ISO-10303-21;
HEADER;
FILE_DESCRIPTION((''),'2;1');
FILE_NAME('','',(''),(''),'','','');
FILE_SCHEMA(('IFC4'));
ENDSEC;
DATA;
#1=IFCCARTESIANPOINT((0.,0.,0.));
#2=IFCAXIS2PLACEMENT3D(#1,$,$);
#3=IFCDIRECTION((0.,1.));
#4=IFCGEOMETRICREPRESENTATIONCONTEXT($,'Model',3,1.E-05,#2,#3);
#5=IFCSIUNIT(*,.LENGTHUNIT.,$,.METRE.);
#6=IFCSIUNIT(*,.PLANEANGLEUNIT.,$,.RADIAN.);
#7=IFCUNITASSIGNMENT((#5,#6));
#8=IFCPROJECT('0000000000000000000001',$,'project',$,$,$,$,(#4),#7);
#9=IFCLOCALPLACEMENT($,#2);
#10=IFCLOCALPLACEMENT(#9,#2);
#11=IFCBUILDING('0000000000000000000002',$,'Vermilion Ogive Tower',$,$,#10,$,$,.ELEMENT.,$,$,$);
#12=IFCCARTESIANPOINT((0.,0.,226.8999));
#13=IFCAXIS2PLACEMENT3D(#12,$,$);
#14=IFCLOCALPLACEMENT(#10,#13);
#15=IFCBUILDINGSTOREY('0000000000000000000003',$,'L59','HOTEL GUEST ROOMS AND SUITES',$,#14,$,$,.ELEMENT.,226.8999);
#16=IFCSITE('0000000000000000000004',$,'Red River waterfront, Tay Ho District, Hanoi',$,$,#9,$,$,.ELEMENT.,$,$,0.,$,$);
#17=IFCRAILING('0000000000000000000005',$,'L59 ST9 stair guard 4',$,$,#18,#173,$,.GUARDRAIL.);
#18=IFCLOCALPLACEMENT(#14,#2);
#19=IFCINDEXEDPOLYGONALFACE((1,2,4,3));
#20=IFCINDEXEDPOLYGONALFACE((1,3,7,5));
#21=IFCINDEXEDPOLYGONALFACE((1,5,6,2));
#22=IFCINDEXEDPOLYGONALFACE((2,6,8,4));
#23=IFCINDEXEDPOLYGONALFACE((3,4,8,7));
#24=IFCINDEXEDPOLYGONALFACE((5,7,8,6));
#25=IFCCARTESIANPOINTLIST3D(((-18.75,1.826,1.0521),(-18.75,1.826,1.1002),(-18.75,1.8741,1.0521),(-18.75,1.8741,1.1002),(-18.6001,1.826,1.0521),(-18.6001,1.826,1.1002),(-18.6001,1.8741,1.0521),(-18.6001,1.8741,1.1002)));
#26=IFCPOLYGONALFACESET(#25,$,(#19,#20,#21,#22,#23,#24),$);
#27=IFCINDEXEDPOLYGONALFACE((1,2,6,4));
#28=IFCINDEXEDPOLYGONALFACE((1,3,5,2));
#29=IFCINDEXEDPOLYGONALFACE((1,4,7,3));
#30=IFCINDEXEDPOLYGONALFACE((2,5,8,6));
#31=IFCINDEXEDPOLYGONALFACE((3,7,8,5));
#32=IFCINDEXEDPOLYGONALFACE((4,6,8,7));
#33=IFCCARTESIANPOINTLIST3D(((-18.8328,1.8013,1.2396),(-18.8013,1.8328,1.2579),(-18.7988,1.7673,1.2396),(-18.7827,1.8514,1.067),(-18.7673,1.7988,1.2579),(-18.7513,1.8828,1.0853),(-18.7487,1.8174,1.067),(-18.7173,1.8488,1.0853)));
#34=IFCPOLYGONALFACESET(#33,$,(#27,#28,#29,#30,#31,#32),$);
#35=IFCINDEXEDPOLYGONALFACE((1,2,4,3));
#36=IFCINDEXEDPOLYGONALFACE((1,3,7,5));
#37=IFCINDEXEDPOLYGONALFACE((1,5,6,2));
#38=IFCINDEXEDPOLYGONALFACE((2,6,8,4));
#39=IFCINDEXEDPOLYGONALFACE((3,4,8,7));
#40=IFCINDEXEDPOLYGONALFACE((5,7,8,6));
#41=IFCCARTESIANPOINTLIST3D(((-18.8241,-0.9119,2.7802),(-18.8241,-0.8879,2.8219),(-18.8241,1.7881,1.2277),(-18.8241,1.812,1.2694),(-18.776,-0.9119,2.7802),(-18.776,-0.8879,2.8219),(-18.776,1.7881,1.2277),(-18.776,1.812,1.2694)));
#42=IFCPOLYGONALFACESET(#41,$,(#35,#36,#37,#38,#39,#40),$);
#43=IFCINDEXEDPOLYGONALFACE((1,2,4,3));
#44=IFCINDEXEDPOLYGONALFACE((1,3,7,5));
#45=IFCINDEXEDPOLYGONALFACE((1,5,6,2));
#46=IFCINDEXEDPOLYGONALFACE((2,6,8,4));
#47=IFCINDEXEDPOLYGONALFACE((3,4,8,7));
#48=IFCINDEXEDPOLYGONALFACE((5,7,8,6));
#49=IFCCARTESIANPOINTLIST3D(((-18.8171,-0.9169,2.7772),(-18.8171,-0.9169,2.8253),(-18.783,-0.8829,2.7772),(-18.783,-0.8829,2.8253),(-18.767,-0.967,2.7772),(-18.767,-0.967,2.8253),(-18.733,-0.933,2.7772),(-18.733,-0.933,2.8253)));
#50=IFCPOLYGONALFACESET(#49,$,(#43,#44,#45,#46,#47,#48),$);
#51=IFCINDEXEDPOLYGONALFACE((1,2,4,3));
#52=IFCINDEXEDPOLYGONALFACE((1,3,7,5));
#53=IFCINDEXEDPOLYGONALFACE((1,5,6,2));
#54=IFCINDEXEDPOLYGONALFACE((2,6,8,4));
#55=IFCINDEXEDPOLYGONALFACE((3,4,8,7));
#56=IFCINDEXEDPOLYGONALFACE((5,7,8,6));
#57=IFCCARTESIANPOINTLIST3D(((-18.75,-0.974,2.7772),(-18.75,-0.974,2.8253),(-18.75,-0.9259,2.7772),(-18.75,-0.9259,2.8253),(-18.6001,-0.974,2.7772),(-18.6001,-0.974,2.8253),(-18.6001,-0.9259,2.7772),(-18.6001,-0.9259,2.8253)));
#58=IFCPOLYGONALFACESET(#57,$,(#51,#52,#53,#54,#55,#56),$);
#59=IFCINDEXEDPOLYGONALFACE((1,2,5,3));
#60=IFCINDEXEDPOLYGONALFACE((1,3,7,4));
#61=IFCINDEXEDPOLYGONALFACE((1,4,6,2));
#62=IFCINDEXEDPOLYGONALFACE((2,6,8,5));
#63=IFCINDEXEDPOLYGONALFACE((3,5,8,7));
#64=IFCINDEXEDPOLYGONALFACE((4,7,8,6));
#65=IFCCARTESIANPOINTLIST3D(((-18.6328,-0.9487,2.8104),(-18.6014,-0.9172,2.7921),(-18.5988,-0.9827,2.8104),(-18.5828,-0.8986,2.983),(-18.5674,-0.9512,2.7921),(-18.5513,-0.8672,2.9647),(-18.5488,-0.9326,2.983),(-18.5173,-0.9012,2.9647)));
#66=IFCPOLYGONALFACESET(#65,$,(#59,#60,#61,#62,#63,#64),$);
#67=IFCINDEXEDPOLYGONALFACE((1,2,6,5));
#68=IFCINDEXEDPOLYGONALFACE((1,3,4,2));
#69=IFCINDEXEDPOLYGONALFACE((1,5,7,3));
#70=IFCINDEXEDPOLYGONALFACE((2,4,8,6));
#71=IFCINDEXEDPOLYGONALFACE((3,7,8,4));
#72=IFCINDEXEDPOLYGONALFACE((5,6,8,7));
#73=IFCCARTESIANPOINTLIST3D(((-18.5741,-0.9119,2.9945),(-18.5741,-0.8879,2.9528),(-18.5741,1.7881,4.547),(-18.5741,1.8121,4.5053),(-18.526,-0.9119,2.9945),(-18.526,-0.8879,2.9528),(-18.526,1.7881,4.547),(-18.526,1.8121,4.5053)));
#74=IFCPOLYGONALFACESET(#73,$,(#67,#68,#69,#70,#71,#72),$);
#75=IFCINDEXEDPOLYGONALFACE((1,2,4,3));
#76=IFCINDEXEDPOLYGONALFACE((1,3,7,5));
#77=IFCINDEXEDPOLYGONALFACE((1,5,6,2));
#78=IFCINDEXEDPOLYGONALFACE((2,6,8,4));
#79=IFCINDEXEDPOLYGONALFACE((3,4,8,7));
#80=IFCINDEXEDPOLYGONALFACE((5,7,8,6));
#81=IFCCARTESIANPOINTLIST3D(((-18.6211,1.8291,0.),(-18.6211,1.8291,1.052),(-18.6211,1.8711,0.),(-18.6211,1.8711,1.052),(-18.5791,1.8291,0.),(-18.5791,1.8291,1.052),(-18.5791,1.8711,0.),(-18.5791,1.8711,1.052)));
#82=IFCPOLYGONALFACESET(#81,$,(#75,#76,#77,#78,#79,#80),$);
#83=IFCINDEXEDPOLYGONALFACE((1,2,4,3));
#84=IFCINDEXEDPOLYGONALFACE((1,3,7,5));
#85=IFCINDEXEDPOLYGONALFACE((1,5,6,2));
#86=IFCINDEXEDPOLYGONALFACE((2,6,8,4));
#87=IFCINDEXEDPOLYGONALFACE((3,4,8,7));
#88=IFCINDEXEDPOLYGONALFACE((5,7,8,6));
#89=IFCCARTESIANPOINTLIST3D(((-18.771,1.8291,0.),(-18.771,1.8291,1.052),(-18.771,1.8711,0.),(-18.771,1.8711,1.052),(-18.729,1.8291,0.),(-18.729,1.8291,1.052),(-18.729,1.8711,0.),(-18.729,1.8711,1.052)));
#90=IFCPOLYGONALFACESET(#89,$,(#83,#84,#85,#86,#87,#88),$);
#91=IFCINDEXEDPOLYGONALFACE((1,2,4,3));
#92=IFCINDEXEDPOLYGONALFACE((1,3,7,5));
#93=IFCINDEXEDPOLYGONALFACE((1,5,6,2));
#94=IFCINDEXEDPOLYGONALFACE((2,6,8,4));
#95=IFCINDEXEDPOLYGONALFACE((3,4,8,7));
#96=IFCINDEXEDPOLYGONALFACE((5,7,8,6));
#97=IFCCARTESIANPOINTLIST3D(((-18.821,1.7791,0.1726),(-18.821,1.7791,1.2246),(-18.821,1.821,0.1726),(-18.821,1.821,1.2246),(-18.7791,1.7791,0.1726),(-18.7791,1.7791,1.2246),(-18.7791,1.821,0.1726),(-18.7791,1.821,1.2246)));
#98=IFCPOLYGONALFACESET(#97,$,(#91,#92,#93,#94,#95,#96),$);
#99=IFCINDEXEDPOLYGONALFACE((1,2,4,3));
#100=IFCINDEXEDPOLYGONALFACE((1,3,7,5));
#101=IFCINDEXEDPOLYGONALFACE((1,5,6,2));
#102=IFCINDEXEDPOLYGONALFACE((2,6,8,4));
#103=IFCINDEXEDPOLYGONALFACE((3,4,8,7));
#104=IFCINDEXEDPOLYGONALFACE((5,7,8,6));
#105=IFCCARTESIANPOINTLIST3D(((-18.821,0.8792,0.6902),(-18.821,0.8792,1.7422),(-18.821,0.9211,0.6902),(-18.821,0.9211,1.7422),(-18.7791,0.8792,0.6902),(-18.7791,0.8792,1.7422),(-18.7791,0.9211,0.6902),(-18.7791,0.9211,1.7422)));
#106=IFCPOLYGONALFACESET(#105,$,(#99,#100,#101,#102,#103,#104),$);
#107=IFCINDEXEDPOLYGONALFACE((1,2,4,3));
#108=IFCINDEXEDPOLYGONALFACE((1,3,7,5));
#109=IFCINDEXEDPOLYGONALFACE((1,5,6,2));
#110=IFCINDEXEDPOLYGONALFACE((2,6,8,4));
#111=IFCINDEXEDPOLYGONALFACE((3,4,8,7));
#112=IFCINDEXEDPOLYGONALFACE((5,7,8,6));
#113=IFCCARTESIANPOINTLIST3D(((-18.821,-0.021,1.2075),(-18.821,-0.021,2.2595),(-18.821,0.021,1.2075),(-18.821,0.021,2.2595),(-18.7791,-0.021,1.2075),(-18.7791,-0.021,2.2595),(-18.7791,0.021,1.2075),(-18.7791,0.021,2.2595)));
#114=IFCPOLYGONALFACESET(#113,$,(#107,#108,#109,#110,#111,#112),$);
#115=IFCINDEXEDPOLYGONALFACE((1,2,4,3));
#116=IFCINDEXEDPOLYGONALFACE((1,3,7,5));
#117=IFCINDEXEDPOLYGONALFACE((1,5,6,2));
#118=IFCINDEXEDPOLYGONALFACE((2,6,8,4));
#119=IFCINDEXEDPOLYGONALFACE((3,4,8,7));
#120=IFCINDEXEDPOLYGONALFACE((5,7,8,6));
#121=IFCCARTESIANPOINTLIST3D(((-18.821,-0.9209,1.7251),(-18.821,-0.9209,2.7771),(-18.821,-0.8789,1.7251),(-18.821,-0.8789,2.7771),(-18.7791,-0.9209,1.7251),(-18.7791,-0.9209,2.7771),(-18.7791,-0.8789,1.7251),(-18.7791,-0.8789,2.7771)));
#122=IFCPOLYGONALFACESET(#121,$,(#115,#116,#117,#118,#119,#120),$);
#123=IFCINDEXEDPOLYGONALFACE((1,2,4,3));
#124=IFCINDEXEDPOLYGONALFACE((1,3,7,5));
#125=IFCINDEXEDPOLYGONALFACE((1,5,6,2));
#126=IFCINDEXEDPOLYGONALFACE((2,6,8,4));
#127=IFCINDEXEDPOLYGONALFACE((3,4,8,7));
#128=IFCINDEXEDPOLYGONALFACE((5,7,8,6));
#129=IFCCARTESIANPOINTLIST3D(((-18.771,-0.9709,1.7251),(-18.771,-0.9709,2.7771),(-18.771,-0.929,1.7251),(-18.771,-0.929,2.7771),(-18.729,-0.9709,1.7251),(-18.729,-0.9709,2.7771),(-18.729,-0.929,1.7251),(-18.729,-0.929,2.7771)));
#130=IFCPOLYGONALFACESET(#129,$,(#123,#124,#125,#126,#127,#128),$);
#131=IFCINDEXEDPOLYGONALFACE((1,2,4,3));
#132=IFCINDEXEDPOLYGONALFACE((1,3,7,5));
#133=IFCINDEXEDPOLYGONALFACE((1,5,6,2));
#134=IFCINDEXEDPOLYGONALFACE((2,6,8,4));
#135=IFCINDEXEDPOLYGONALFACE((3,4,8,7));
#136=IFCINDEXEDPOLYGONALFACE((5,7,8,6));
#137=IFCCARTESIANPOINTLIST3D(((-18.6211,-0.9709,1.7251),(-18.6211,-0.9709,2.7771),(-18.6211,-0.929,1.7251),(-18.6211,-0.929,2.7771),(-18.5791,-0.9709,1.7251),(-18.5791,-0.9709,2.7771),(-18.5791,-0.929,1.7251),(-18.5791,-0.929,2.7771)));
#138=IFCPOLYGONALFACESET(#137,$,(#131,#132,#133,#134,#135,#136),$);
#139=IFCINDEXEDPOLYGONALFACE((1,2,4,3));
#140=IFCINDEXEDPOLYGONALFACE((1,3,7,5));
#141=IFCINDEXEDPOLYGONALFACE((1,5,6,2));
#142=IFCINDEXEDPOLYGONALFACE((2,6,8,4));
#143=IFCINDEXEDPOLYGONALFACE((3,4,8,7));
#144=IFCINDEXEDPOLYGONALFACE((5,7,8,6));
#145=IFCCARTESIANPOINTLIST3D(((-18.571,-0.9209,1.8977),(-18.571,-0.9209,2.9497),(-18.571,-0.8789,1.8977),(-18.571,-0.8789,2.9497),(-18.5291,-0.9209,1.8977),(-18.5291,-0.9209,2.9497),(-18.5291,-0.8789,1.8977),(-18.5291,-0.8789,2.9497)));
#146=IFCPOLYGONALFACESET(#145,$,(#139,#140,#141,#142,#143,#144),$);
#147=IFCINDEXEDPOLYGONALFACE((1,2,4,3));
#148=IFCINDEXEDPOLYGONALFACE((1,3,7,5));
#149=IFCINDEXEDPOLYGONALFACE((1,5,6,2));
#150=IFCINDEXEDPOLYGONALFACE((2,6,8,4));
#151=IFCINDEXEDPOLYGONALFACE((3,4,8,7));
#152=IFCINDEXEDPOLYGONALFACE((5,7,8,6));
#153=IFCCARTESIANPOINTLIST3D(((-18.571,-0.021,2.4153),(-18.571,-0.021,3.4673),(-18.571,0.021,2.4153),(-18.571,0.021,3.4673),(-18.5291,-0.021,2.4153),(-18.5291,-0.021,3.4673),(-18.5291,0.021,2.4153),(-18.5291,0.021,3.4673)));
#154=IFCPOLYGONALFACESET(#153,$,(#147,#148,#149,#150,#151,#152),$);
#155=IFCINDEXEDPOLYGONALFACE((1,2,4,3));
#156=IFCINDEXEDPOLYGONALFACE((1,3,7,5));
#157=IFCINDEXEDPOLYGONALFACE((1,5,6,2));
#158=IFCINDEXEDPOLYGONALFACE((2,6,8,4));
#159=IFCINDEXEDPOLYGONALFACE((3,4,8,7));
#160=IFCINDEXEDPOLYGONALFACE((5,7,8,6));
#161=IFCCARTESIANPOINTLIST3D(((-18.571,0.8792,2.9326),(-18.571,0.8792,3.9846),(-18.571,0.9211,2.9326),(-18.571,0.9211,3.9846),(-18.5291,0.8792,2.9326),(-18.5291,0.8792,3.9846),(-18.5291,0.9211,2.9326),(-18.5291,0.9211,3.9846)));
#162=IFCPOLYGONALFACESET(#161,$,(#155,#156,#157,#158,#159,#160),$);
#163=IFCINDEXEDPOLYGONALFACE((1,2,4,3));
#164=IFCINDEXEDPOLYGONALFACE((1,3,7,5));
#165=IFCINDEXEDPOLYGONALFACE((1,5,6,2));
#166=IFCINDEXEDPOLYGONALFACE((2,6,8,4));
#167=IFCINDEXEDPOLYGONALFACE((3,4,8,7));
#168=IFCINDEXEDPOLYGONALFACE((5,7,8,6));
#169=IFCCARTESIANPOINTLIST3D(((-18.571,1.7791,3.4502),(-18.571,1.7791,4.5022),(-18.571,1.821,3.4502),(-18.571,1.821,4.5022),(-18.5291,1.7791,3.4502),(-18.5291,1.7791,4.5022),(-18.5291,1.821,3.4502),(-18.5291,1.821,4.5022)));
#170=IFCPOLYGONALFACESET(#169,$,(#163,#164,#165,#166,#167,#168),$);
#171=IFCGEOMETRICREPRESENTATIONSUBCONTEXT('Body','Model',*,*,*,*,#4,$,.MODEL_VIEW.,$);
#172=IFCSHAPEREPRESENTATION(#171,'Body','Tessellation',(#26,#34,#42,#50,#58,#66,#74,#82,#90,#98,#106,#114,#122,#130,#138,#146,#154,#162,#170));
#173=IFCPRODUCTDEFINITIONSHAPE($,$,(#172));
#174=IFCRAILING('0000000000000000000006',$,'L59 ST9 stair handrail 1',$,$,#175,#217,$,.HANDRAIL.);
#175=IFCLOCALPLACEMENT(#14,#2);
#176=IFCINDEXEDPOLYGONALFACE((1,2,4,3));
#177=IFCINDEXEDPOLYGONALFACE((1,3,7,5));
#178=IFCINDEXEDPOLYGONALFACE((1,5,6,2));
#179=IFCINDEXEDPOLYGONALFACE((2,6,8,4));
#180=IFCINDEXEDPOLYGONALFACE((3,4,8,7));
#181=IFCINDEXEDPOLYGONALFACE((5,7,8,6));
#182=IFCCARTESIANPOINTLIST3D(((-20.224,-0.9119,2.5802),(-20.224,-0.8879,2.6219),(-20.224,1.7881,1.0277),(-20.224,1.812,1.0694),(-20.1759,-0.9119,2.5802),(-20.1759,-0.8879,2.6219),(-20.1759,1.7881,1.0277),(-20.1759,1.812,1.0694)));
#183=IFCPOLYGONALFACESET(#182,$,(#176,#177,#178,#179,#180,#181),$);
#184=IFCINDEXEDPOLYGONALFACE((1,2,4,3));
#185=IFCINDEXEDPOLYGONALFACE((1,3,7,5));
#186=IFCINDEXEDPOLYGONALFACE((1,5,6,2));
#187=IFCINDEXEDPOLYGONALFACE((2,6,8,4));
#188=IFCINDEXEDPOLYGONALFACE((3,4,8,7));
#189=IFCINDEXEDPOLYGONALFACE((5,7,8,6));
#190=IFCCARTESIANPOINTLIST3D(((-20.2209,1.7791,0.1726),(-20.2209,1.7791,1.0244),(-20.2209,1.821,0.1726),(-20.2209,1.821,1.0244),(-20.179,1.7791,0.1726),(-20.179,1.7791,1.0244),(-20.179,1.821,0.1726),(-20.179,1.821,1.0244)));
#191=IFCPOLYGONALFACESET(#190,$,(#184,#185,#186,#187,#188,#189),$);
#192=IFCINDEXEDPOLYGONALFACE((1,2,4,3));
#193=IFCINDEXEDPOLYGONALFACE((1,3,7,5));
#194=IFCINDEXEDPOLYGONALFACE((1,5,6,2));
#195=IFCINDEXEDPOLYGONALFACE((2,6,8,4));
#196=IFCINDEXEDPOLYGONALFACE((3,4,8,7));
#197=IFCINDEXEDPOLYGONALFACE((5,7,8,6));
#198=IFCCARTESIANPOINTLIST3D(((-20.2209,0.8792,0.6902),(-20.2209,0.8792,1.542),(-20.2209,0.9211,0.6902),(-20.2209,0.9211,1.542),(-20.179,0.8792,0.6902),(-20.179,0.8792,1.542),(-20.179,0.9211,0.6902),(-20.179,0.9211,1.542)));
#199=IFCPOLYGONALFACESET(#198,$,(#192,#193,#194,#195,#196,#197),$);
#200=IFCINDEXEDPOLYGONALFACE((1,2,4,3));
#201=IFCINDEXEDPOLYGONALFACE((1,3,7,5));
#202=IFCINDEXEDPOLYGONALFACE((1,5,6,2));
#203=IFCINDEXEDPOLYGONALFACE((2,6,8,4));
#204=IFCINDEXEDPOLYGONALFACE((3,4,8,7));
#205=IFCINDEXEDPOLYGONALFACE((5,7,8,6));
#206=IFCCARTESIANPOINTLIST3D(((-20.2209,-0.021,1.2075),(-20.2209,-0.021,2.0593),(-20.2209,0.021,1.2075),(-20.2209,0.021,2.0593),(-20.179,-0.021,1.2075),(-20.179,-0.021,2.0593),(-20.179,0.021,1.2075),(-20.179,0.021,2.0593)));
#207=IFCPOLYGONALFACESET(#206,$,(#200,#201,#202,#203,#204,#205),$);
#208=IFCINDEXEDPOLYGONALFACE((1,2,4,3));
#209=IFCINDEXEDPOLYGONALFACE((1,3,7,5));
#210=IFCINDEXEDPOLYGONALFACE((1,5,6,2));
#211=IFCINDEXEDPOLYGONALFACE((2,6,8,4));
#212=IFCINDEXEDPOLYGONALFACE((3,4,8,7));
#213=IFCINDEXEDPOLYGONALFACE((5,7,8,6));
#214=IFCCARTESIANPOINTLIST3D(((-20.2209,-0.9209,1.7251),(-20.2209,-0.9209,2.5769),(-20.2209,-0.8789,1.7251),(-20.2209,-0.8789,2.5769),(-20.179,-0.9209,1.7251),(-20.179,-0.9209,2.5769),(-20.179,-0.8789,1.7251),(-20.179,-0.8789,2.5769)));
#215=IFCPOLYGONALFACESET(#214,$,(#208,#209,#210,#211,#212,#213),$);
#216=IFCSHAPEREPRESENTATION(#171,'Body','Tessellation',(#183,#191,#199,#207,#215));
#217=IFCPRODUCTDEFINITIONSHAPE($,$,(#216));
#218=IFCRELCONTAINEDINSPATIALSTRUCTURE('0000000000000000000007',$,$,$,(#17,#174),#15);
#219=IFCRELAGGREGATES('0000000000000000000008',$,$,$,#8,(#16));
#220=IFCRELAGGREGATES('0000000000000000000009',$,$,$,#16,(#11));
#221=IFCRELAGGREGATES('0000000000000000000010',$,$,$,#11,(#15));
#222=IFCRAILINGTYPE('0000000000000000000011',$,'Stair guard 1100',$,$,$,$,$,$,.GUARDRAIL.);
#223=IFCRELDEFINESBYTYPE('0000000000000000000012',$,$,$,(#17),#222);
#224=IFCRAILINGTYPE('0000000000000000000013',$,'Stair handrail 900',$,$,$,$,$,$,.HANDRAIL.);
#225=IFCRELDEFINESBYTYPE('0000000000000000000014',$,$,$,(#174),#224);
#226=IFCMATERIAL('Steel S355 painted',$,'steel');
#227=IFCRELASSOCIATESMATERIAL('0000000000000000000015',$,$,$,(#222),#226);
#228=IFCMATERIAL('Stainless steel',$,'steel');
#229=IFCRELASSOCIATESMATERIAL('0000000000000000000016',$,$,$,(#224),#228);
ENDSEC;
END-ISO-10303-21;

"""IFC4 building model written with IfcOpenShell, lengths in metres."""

from ifc_helpers import new_model, si_unit, direction, frame, origin, origin_2d, place, context, subcontext, project, spatial, rectangle, extrude, material, type_object, element, save


model = new_model("IFC4")

# Units and contexts
model_context = context("Model", 3, precision=1e-05, world=origin(), true_north=direction((0.0, 1.0)))
body_context = subcontext(model_context, "Body", "Model", "MODEL_VIEW")
ifc_project = project(units=[si_unit("LENGTHUNIT", "METRE"), si_unit("PLANEANGLEUNIT", "RADIAN")], contexts=[model_context])

# Site, building, storey
site_placement = place(None, origin())
site = spatial("IfcSite", under=ifc_project, at=site_placement, Name="Red River waterfront, Tay Ho District, Hanoi", CompositionType="ELEMENT", RefElevation=0.0)
building_placement = place(site_placement, origin())
building = spatial("IfcBuilding", under=site, at=building_placement, Name="Vermilion Ogive Tower", CompositionType="ELEMENT")
storey_placement = place(building_placement, frame((0.0, 0.0, 226.8999)))
storey = spatial("IfcBuildingStorey", under=building, at=storey_placement, Name="L59", Description="HOTEL GUEST ROOMS AND SUITES", CompositionType="ELEMENT", Elevation=226.8999)

# Railings
ifc_material_1 = material(Name="Steel S355 painted", Category="steel")
railing_type_1 = type_object("IfcRailingType", Name="Stair guard 1100", PredefinedType="GUARDRAIL", material=ifc_material_1)
railing_1_placement = place(storey_placement, frame((-18.6001, 1.8501, 0.0)))
element("IfcRailing", 1, at=railing_1_placement, inside=storey, type_object=railing_type_1, Name="L59 ST9 stair guard 4", PredefinedType="GUARDRAIL", context=body_context, shape_type="SweptSolid", body=[
    extrude(rectangle(XDim=0.0481, YDim=0.0481, at=origin_2d()), frame((0.0, 0.0, 1.0762), z_axis=(-1.0, 0.0, 0.0), x_axis=(0.0, -1.0, 0.0)), (0.0, 0.0, 1.0), 0.1499),
    extrude(rectangle(XDim=0.0481, YDim=0.0481, at=origin_2d()), frame((-0.1499, 0.0, 1.0762), z_axis=(-0.268278, -0.268278, 0.925232), x_axis=(0.707107, -0.707107, 0.0)), (0.0, 0.0, 1.0), 0.1865),
    extrude(rectangle(XDim=0.0481, YDim=0.0481, at=origin_2d()), frame((-0.2, -0.05, 1.2485), z_axis=(0.0, -0.866904, 0.498476), x_axis=(1.0, 0.0, 0.0)), (0.0, 0.0, 1.0), 3.1145),
    extrude(rectangle(XDim=0.0481, YDim=0.0481, at=origin_2d()), frame((-0.2, -2.75, 2.8013), z_axis=(0.707107, -0.707107, 0.0), x_axis=(0.707107, 0.707107, 0.0)), (0.0, 0.0, 1.0), 0.0708),
    extrude(rectangle(XDim=0.0481, YDim=0.0481, at=origin_2d()), frame((-0.1499, -2.8, 2.8013), z_axis=(1.0, 0.0, 0.0), x_axis=(0.0, 1.0, 0.0)), (0.0, 0.0, 1.0), 0.1499),
    extrude(rectangle(XDim=0.0481, YDim=0.0481, at=origin_2d()), frame((0.0, -2.8, 2.8013), z_axis=(0.268278, 0.268278, 0.925232), x_axis=(-0.707107, 0.707107, 0.0)), (0.0, 0.0, 1.0), 0.1865),
    extrude(rectangle(XDim=0.0481, YDim=0.0481, at=origin_2d()), frame((0.05, -2.75, 2.9736), z_axis=(0.0, 0.866904, 0.498476), x_axis=(-1.0, 0.0, 0.0)), (0.0, 0.0, 1.0), 3.1145),
    extrude(rectangle(XDim=0.042, YDim=0.042, at=origin_2d()), origin(), (0.0, 0.0, 1.0), 1.052),
    extrude(rectangle(XDim=0.042, YDim=0.042, at=origin_2d()), frame((-0.1499, 0.0, 0.0)), (0.0, 0.0, 1.0), 1.052),
    extrude(rectangle(XDim=0.042, YDim=0.042, at=origin_2d()), frame((-0.2, -0.05, 0.1726)), (0.0, 0.0, 1.0), 1.052),
    extrude(rectangle(XDim=0.042, YDim=0.042, at=origin_2d()), frame((-0.2, -0.95, 0.6902)), (0.0, 0.0, 1.0), 1.052),
    extrude(rectangle(XDim=0.042, YDim=0.042, at=origin_2d()), frame((-0.2, -1.8501, 1.2075)), (0.0, 0.0, 1.0), 1.052),
    extrude(rectangle(XDim=0.042, YDim=0.042, at=origin_2d()), frame((-0.2, -2.75, 1.7251)), (0.0, 0.0, 1.0), 1.052),
    extrude(rectangle(XDim=0.042, YDim=0.042, at=origin_2d()), frame((-0.1499, -2.8, 1.7251)), (0.0, 0.0, 1.0), 1.052),
    extrude(rectangle(XDim=0.042, YDim=0.042, at=origin_2d()), frame((0.0, -2.8, 1.7251)), (0.0, 0.0, 1.0), 1.052),
    extrude(rectangle(XDim=0.042, YDim=0.042, at=origin_2d()), frame((0.05, -2.75, 1.8977)), (0.0, 0.0, 1.0), 1.052),
    extrude(rectangle(XDim=0.042, YDim=0.042, at=origin_2d()), frame((0.05, -1.8501, 2.4153)), (0.0, 0.0, 1.0), 1.052),
    extrude(rectangle(XDim=0.042, YDim=0.042, at=origin_2d()), frame((0.05, -0.95, 2.9326)), (0.0, 0.0, 1.0), 1.052),
    extrude(rectangle(XDim=0.042, YDim=0.042, at=origin_2d()), frame((0.05, -0.05, 3.4502)), (0.0, 0.0, 1.0), 1.052),
])
ifc_material_2 = material(Name="Stainless steel", Category="steel")
railing_type_2 = type_object("IfcRailingType", Name="Stair handrail 900", PredefinedType="HANDRAIL", material=ifc_material_2)
railing_2_placement = place(storey_placement, frame((-20.2, 1.8, 0.1726)))
element("IfcRailing", 2, at=railing_2_placement, inside=storey, type_object=railing_type_2, Name="L59 ST9 stair handrail 1", PredefinedType="HANDRAIL", context=body_context, shape_type="SweptSolid", body=[
    extrude(rectangle(XDim=0.0481, YDim=0.0481, at=origin_2d()), frame((0.0, 0.0, 0.876), z_axis=(0.0, -0.866904, 0.498476), x_axis=(1.0, 0.0, 0.0)), (0.0, 0.0, 1.0), 3.1145),
    extrude(rectangle(XDim=0.042, YDim=0.042, at=origin_2d()), origin(), (0.0, 0.0, 1.0), 0.8518),
    extrude(rectangle(XDim=0.042, YDim=0.042, at=origin_2d()), frame((0.0, -0.8999, 0.5176)), (0.0, 0.0, 1.0), 0.8518),
    extrude(rectangle(XDim=0.042, YDim=0.042, at=origin_2d()), frame((0.0, -1.8, 1.0349)), (0.0, 0.0, 1.0), 0.8518),
    extrude(rectangle(XDim=0.042, YDim=0.042, at=origin_2d()), frame((0.0, -2.7, 1.5525)), (0.0, 0.0, 1.0), 0.8518),
])

save(model, "model.ifc")
